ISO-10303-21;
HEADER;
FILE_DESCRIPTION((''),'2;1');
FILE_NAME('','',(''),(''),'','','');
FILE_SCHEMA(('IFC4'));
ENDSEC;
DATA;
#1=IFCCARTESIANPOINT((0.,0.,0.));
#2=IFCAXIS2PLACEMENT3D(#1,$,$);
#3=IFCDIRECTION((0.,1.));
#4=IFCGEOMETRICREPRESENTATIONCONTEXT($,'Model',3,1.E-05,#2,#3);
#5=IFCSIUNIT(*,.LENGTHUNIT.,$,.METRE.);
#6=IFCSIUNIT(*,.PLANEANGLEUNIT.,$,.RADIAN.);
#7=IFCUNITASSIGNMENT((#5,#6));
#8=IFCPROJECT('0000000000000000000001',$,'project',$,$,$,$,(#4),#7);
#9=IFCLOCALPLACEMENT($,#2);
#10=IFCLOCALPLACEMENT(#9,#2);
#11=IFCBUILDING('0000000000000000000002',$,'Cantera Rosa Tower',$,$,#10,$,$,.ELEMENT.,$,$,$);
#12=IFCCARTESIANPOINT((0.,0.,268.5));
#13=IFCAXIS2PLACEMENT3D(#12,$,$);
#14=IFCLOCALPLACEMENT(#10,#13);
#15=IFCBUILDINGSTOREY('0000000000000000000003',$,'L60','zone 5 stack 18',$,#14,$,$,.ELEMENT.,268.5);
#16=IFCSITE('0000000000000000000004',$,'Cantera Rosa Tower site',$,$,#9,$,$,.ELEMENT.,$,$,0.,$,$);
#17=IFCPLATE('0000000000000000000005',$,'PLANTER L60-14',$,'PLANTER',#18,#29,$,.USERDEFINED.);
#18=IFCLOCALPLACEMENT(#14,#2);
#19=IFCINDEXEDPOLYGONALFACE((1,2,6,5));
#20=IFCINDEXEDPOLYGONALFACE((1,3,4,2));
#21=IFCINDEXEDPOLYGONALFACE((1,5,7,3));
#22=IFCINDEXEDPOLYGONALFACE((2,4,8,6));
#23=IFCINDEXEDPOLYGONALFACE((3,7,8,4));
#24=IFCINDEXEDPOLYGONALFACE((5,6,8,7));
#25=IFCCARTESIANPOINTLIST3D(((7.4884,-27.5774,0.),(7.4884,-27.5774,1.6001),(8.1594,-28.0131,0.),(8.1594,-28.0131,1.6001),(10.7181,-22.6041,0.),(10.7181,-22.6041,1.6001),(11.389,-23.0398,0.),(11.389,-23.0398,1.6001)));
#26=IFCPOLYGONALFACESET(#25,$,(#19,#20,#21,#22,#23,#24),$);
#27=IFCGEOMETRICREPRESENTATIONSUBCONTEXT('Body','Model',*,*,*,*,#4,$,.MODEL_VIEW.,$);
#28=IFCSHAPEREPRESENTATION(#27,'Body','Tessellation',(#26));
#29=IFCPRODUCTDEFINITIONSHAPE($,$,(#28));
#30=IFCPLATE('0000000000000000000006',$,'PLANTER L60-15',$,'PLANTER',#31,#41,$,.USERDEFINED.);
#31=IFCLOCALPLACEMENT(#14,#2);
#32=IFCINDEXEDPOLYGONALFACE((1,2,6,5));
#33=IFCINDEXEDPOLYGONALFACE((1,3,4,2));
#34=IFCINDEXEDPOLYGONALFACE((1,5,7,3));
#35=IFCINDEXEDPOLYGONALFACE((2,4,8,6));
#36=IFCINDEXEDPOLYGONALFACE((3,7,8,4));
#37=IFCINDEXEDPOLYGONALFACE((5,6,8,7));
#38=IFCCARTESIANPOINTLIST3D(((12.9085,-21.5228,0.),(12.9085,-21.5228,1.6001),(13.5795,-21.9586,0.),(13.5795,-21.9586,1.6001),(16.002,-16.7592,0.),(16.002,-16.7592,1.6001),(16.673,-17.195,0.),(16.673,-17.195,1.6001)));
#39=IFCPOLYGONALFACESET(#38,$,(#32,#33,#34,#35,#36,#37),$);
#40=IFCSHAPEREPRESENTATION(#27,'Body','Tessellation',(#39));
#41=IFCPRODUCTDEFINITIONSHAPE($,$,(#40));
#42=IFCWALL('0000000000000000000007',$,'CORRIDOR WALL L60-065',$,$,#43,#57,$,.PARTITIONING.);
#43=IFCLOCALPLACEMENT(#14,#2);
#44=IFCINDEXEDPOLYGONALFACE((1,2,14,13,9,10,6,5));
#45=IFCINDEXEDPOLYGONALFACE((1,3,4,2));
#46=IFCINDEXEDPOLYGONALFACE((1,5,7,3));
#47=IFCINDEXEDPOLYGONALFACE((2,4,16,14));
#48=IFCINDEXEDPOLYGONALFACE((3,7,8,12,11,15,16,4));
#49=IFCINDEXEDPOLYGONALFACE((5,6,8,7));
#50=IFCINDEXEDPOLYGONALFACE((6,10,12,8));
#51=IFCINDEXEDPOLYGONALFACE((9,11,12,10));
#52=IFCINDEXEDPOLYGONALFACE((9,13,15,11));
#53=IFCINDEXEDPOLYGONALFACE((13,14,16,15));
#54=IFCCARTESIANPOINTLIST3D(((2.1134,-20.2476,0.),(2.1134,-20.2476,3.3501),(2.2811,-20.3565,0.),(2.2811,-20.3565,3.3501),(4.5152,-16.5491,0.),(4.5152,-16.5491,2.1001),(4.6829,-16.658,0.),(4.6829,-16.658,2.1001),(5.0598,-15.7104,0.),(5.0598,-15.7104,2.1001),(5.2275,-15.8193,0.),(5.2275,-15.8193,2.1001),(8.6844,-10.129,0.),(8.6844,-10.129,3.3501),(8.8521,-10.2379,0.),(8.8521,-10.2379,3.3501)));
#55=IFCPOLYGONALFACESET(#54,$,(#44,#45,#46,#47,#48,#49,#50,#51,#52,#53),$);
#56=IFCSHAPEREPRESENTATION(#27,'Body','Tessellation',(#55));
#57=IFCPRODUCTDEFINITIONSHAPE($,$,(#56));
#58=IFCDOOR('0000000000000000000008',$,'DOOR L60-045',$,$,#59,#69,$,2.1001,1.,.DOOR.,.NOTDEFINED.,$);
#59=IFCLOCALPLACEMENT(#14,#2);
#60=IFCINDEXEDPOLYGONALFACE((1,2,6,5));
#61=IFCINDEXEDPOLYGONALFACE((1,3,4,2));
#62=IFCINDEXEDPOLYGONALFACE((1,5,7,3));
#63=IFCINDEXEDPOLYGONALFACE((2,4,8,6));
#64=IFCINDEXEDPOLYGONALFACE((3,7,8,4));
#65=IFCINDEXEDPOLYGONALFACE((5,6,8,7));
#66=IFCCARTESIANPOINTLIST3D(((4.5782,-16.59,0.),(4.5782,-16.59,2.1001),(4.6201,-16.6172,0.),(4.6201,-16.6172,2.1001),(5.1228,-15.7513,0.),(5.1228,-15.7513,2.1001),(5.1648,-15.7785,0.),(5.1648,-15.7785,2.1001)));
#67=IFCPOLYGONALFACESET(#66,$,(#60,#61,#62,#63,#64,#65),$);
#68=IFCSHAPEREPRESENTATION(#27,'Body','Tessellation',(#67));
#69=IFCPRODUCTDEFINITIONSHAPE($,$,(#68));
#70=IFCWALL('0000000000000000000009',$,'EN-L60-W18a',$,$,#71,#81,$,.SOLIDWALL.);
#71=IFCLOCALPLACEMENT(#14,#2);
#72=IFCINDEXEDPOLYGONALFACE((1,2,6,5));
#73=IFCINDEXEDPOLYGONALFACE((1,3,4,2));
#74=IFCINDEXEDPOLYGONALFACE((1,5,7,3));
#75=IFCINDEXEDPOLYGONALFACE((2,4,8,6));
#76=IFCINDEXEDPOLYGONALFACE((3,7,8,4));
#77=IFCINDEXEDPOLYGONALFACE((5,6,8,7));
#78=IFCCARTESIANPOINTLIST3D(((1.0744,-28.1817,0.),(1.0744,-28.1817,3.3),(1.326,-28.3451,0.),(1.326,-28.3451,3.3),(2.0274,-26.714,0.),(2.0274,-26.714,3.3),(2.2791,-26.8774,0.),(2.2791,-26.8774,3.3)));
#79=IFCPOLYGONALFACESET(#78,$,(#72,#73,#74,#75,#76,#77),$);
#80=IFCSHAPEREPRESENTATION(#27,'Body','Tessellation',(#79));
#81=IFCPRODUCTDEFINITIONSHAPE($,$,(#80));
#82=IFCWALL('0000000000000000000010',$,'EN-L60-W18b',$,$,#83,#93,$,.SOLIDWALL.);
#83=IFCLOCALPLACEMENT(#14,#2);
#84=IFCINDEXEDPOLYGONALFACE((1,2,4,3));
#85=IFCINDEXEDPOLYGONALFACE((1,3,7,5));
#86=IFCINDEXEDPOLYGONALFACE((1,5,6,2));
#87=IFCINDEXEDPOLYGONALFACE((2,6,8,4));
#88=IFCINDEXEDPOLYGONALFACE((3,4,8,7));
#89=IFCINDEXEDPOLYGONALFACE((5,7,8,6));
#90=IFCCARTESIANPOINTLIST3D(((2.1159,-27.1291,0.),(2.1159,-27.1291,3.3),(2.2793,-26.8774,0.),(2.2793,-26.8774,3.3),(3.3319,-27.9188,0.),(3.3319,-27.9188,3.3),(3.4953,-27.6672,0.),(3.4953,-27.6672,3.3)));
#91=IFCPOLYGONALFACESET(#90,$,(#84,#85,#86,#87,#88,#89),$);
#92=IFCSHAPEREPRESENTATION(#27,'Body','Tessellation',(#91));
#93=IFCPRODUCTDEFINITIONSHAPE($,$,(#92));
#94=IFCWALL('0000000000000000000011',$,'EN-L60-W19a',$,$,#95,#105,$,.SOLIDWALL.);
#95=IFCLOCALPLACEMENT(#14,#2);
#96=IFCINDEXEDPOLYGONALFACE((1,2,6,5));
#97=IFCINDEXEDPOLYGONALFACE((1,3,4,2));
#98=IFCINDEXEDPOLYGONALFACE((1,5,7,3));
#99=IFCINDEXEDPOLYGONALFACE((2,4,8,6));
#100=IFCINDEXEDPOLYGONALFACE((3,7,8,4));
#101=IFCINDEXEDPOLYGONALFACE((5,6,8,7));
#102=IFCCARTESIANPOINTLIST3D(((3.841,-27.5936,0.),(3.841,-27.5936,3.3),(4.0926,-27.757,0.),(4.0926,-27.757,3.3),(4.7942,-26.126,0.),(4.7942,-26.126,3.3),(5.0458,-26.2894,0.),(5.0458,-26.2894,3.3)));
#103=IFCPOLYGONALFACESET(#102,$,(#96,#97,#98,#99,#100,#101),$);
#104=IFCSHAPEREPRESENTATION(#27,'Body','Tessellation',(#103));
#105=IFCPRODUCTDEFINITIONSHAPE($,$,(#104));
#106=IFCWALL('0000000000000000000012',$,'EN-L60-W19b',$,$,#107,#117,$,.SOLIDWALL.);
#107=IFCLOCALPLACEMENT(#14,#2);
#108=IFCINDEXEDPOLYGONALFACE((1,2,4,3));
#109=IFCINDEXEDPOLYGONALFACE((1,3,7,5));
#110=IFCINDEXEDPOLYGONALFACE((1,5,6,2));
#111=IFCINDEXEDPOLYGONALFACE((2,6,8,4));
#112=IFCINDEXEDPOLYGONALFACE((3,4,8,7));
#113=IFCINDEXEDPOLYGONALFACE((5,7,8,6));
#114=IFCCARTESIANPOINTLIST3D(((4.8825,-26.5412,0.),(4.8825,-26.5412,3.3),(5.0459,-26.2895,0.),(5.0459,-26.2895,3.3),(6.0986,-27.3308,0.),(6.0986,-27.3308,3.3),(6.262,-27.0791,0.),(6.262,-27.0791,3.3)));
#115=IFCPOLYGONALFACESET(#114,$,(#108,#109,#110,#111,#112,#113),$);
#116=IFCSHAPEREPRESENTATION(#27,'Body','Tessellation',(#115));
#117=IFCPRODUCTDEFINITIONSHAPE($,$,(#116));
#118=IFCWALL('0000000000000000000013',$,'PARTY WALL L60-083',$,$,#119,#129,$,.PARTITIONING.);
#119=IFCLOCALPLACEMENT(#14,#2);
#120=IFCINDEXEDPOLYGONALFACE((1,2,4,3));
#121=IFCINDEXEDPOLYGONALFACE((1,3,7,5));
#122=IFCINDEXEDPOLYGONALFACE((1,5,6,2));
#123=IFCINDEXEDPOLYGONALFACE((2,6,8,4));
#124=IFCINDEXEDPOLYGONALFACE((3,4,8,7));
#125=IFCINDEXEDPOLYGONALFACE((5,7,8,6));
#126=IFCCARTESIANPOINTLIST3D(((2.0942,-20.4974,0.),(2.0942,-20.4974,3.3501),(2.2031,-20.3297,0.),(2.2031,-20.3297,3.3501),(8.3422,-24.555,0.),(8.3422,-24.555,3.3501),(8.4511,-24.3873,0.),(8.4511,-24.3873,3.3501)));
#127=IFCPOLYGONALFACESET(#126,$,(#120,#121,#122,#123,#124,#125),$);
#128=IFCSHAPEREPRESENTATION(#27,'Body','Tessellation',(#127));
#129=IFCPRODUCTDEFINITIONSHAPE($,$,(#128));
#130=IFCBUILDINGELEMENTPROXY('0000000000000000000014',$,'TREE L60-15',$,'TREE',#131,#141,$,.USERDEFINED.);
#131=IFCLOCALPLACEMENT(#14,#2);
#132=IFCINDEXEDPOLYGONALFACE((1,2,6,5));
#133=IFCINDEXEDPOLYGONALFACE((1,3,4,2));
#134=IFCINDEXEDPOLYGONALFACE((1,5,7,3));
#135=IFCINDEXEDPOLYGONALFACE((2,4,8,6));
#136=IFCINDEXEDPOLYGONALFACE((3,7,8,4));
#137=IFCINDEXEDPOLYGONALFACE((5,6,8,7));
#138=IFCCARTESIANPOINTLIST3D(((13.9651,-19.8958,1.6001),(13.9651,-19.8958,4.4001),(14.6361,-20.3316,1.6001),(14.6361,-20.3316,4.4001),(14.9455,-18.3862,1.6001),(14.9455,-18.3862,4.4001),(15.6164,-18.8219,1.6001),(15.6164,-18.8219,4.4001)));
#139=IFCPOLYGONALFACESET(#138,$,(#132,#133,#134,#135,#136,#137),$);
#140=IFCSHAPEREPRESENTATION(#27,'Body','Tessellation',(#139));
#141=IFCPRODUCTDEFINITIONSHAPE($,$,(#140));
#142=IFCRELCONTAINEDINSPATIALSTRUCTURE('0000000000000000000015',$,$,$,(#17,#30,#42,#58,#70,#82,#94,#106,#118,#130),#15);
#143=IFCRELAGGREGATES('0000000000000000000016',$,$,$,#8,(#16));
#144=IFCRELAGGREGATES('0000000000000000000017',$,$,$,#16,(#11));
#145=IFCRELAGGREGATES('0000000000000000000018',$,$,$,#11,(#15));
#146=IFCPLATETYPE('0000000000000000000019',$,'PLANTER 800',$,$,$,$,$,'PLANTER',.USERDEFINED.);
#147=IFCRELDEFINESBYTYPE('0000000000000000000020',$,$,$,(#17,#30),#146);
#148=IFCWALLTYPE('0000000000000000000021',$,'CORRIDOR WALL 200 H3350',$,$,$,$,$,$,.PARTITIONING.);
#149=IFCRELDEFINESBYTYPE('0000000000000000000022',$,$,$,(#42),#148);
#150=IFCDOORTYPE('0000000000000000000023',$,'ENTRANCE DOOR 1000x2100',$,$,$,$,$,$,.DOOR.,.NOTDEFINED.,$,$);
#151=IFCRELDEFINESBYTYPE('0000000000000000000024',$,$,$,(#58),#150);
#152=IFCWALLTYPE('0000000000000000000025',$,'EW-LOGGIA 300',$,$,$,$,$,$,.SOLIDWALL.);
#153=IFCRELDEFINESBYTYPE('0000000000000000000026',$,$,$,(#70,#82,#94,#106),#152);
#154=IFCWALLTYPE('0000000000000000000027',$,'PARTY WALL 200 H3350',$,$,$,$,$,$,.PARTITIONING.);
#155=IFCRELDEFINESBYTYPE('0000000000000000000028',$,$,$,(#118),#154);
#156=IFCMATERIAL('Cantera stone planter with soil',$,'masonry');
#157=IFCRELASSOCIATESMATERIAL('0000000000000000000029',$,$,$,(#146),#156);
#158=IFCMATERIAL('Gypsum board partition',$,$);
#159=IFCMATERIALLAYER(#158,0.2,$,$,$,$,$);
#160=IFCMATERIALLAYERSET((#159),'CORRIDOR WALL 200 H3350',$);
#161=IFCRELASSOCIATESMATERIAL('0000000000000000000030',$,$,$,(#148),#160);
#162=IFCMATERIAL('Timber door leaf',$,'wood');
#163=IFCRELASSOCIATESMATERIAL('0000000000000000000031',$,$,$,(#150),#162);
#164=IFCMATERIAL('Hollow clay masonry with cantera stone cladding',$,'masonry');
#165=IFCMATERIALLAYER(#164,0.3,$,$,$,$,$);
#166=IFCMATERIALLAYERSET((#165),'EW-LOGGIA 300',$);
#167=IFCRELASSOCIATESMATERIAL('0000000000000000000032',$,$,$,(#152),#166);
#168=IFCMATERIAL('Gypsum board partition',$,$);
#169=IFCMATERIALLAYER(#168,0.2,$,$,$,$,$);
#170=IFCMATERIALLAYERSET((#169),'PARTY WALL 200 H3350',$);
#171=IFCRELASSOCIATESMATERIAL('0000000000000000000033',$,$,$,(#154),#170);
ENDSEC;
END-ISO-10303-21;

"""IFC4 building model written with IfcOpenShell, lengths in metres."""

from ifc_helpers import new_model, si_unit, direction, frame, frame_2d, origin, origin_2d, place, context, subcontext, project, spatial, rectangle, extrude, material, layer, layer_set, type_object, element, fill, save


model = new_model("IFC4")

# Units and contexts
model_context = context("Model", 3, precision=1e-05, world=origin(), true_north=direction((0.0, 1.0)))
body_context = subcontext(model_context, "Body", "Model", "MODEL_VIEW")
ifc_project = project(units=[si_unit("LENGTHUNIT", "METRE"), si_unit("PLANEANGLEUNIT", "RADIAN")], contexts=[model_context])

# Site, building, storey
site_placement = place(None, origin())
site = spatial("IfcSite", under=ifc_project, at=site_placement, Name="Cantera Rosa Tower site", CompositionType="ELEMENT", RefElevation=0.0)
building_placement = place(site_placement, origin())
building = spatial("IfcBuilding", under=site, at=building_placement, Name="Cantera Rosa Tower", CompositionType="ELEMENT")
storey_placement = place(building_placement, frame((0.0, 0.0, 268.5)))
storey = spatial("IfcBuildingStorey", under=building, at=storey_placement, Name="L60", Description="zone 5 stack 18", CompositionType="ELEMENT", Elevation=268.5)

# Plates
ifc_material_1 = material(Name="Cantera stone planter with soil", Category="masonry")
plate_type = type_object("IfcPlateType", Name="PLANTER 800", ElementType="PLANTER", PredefinedType="USERDEFINED", material=ifc_material_1)
plate_1_placement = place(storey_placement, frame((9.4387, -25.3086, 0.0), z_axis=(0.0, 0.0, 1.0), x_axis=(0.544639, 0.838671, 0.0)))
element("IfcPlate", 1, at=plate_1_placement, inside=storey, type_object=plate_type, Name="PLANTER L60-14", ObjectType="PLANTER", PredefinedType="USERDEFINED", context=body_context, shape_type="SweptSolid", body=[
    extrude(rectangle(XDim=5.9299, YDim=0.8, at=origin_2d()), origin(), (0.0, 0.0, 1.0), 1.6001),
])
plate_2_placement = place(storey_placement, frame((14.7908, -19.3589, 0.0), z_axis=(0.0, 0.0, 1.0), x_axis=(0.544639, 0.838671, 0.0)))
element("IfcPlate", 2, at=plate_2_placement, inside=storey, type_object=plate_type, Name="PLANTER L60-15", ObjectType="PLANTER", PredefinedType="USERDEFINED", context=body_context, shape_type="SweptSolid", body=[
    extrude(rectangle(XDim=5.6799, YDim=0.8, at=origin_2d()), origin(), (0.0, 0.0, 1.0), 1.6001),
])

# Wall, opening, door
ifc_material_2 = material(Name="Gypsum board partition")
ifc_layer_1 = layer(ifc_material_2, 0.2)
ifc_layer_set_1 = layer_set([ifc_layer_1], Name="CORRIDOR WALL 200 H3350")
wall_type_1 = type_object("IfcWallType", Name="CORRIDOR WALL 200 H3350", PredefinedType="PARTITIONING", material=ifc_layer_set_1)
wall_1_placement = place(storey_placement, frame((2.1973, -20.302, 0.0), z_axis=(0.0, 0.0, 1.0), x_axis=(0.544634, 0.838674, 0.0)))
wall_1 = element("IfcWall", 3, at=wall_1_placement, inside=storey, type_object=wall_type_1, Name="CORRIDOR WALL L60-065", PredefinedType="PARTITIONING", context=body_context, shape_type="SweptSolid", body=[
    extrude(rectangle(XDim=12.0649, YDim=0.2, at=frame_2d((6.0325, 0.0))), origin(), (0.0, 0.0, 1.0), 3.3501),
])
opening_1_placement = place(wall_1_placement, frame((4.4099, 0.0, 0.0)))
opening_1 = element("IfcOpeningElement", 4, at=opening_1_placement, cuts=wall_1, PredefinedType="OPENING", context=body_context, shape_type="SweptSolid", body=[
    extrude(rectangle(XDim=1.0, YDim=2.1001, at=frame_2d((0.5, 1.05))), frame((0.0, 0.1099, 0.0), z_axis=(0.0, -1.0, 0.0), x_axis=(1.0, 0.0, 0.0)), (0.0, 0.0, 1.0), 0.22),
])
ifc_material_3 = material(Name="Timber door leaf", Category="wood")
door_type_1 = type_object("IfcDoorType", Name="ENTRANCE DOOR 1000x2100", OperationType="NOTDEFINED", PredefinedType="DOOR", material=ifc_material_3)
door_1_placement = place(opening_1_placement, origin())
door_1 = element("IfcDoor", 5, at=door_1_placement, inside=storey, type_object=door_type_1, Name="DOOR L60-045", OperationType="NOTDEFINED", OverallHeight=2.1001, OverallWidth=1.0, PredefinedType="DOOR", context=body_context, shape_type="SweptSolid", body=[
    extrude(rectangle(XDim=1.0, YDim=2.1001, at=frame_2d((0.5, 1.05))), frame((0.0, 0.0249, 0.0), z_axis=(0.0, -1.0, 0.0), x_axis=(1.0, 0.0, 0.0)), (0.0, 0.0, 1.0), 0.05),
])
fill(opening_1, door_1)

# Walls
ifc_material_4 = material(Name="Hollow clay masonry with cantera stone cladding", Category="masonry")
ifc_layer_2 = layer(ifc_material_4, 0.3)
ifc_layer_set_2 = layer_set([ifc_layer_2], Name="EW-LOGGIA 300")
wall_type_2 = type_object("IfcWallType", Name="EW-LOGGIA 300", PredefinedType="SOLIDWALL", material=ifc_layer_set_2)
wall_2_placement = place(storey_placement, frame((1.2002, -28.2634, 0.0), z_axis=(0.0, 0.0, 1.0), x_axis=(0.544616, 0.838686, 0.0)))
element("IfcWall", 6, at=wall_2_placement, inside=storey, type_object=wall_type_2, Name="EN-L60-W18a", PredefinedType="SOLIDWALL", context=body_context, shape_type="SweptSolid", body=[
    extrude(rectangle(XDim=1.75, YDim=0.3, at=frame_2d((0.875, 0.0))), origin(), (0.0, 0.0, 1.0), 3.3),
])
wall_3_placement = place(storey_placement, frame((2.1975, -27.0032, 0.0), z_axis=(0.0, 0.0, 1.0), x_axis=(0.838647, -0.544675, 0.0)))
element("IfcWall", 7, at=wall_3_placement, inside=storey, type_object=wall_type_2, Name="EN-L60-W18b", PredefinedType="SOLIDWALL", context=body_context, shape_type="SweptSolid", body=[
    extrude(rectangle(XDim=1.45, YDim=0.3, at=frame_2d((0.7251, 0.0))), origin(), (0.0, 0.0, 1.0), 3.3),
])
wall_4_placement = place(storey_placement, frame((3.9668, -27.6753, 0.0), z_axis=(0.0, 0.0, 1.0), x_axis=(0.544679, 0.838644, 0.0)))
element("IfcWall", 8, at=wall_4_placement, inside=storey, type_object=wall_type_2, Name="EN-L60-W19a", PredefinedType="SOLIDWALL", context=body_context, shape_type="SweptSolid", body=[
    extrude(rectangle(XDim=1.75, YDim=0.3, at=frame_2d((0.875, 0.0))), origin(), (0.0, 0.0, 1.0), 3.3),
])
wall_5_placement = place(storey_placement, frame((4.9641, -26.4153, 0.0), z_axis=(0.0, 0.0, 1.0), x_axis=(0.838724, -0.544556, 0.0)))
element("IfcWall", 9, at=wall_5_placement, inside=storey, type_object=wall_type_2, Name="EN-L60-W19b", PredefinedType="SOLIDWALL", context=body_context, shape_type="SweptSolid", body=[
    extrude(rectangle(XDim=1.45, YDim=0.3, at=frame_2d((0.7251, 0.0))), origin(), (0.0, 0.0, 1.0), 3.3),
])

# Wall
ifc_material_5 = material(Name="Gypsum board partition")
ifc_layer_3 = layer(ifc_material_5, 0.2)
ifc_layer_set_3 = layer_set([ifc_layer_3], Name="PARTY WALL 200 H3350")
wall_type_3 = type_object("IfcWallType", Name="PARTY WALL 200 H3350", PredefinedType="PARTITIONING", material=ifc_layer_set_3)
wall_6_placement = place(storey_placement, frame((8.3967, -24.4712, 0.0), z_axis=(0.0, 0.0, 1.0), x_axis=(-0.838665, 0.544647, 0.0)))
element("IfcWall", 10, at=wall_6_placement, inside=storey, type_object=wall_type_3, Name="PARTY WALL L60-083", PredefinedType="PARTITIONING", context=body_context, shape_type="SweptSolid", body=[
    extrude(rectangle(XDim=7.45, YDim=0.2, at=frame_2d((3.7251, 0.0))), origin(), (0.0, 0.0, 1.0), 3.3501),
])

# Building element proxy
proxy_placement = place(storey_placement, frame((14.7908, -19.3589, 1.6001), z_axis=(0.0, 0.0, 1.0), x_axis=(0.544639, 0.838671, 0.0)))
element("IfcBuildingElementProxy", 11, at=proxy_placement, inside=storey, Name="TREE L60-15", ObjectType="TREE", PredefinedType="USERDEFINED", context=body_context, shape_type="SweptSolid", body=[
    extrude(rectangle(XDim=1.8, YDim=0.8, at=origin_2d()), origin(), (0.0, 0.0, 1.0), 2.8),
])

save(model, "model.ifc")
